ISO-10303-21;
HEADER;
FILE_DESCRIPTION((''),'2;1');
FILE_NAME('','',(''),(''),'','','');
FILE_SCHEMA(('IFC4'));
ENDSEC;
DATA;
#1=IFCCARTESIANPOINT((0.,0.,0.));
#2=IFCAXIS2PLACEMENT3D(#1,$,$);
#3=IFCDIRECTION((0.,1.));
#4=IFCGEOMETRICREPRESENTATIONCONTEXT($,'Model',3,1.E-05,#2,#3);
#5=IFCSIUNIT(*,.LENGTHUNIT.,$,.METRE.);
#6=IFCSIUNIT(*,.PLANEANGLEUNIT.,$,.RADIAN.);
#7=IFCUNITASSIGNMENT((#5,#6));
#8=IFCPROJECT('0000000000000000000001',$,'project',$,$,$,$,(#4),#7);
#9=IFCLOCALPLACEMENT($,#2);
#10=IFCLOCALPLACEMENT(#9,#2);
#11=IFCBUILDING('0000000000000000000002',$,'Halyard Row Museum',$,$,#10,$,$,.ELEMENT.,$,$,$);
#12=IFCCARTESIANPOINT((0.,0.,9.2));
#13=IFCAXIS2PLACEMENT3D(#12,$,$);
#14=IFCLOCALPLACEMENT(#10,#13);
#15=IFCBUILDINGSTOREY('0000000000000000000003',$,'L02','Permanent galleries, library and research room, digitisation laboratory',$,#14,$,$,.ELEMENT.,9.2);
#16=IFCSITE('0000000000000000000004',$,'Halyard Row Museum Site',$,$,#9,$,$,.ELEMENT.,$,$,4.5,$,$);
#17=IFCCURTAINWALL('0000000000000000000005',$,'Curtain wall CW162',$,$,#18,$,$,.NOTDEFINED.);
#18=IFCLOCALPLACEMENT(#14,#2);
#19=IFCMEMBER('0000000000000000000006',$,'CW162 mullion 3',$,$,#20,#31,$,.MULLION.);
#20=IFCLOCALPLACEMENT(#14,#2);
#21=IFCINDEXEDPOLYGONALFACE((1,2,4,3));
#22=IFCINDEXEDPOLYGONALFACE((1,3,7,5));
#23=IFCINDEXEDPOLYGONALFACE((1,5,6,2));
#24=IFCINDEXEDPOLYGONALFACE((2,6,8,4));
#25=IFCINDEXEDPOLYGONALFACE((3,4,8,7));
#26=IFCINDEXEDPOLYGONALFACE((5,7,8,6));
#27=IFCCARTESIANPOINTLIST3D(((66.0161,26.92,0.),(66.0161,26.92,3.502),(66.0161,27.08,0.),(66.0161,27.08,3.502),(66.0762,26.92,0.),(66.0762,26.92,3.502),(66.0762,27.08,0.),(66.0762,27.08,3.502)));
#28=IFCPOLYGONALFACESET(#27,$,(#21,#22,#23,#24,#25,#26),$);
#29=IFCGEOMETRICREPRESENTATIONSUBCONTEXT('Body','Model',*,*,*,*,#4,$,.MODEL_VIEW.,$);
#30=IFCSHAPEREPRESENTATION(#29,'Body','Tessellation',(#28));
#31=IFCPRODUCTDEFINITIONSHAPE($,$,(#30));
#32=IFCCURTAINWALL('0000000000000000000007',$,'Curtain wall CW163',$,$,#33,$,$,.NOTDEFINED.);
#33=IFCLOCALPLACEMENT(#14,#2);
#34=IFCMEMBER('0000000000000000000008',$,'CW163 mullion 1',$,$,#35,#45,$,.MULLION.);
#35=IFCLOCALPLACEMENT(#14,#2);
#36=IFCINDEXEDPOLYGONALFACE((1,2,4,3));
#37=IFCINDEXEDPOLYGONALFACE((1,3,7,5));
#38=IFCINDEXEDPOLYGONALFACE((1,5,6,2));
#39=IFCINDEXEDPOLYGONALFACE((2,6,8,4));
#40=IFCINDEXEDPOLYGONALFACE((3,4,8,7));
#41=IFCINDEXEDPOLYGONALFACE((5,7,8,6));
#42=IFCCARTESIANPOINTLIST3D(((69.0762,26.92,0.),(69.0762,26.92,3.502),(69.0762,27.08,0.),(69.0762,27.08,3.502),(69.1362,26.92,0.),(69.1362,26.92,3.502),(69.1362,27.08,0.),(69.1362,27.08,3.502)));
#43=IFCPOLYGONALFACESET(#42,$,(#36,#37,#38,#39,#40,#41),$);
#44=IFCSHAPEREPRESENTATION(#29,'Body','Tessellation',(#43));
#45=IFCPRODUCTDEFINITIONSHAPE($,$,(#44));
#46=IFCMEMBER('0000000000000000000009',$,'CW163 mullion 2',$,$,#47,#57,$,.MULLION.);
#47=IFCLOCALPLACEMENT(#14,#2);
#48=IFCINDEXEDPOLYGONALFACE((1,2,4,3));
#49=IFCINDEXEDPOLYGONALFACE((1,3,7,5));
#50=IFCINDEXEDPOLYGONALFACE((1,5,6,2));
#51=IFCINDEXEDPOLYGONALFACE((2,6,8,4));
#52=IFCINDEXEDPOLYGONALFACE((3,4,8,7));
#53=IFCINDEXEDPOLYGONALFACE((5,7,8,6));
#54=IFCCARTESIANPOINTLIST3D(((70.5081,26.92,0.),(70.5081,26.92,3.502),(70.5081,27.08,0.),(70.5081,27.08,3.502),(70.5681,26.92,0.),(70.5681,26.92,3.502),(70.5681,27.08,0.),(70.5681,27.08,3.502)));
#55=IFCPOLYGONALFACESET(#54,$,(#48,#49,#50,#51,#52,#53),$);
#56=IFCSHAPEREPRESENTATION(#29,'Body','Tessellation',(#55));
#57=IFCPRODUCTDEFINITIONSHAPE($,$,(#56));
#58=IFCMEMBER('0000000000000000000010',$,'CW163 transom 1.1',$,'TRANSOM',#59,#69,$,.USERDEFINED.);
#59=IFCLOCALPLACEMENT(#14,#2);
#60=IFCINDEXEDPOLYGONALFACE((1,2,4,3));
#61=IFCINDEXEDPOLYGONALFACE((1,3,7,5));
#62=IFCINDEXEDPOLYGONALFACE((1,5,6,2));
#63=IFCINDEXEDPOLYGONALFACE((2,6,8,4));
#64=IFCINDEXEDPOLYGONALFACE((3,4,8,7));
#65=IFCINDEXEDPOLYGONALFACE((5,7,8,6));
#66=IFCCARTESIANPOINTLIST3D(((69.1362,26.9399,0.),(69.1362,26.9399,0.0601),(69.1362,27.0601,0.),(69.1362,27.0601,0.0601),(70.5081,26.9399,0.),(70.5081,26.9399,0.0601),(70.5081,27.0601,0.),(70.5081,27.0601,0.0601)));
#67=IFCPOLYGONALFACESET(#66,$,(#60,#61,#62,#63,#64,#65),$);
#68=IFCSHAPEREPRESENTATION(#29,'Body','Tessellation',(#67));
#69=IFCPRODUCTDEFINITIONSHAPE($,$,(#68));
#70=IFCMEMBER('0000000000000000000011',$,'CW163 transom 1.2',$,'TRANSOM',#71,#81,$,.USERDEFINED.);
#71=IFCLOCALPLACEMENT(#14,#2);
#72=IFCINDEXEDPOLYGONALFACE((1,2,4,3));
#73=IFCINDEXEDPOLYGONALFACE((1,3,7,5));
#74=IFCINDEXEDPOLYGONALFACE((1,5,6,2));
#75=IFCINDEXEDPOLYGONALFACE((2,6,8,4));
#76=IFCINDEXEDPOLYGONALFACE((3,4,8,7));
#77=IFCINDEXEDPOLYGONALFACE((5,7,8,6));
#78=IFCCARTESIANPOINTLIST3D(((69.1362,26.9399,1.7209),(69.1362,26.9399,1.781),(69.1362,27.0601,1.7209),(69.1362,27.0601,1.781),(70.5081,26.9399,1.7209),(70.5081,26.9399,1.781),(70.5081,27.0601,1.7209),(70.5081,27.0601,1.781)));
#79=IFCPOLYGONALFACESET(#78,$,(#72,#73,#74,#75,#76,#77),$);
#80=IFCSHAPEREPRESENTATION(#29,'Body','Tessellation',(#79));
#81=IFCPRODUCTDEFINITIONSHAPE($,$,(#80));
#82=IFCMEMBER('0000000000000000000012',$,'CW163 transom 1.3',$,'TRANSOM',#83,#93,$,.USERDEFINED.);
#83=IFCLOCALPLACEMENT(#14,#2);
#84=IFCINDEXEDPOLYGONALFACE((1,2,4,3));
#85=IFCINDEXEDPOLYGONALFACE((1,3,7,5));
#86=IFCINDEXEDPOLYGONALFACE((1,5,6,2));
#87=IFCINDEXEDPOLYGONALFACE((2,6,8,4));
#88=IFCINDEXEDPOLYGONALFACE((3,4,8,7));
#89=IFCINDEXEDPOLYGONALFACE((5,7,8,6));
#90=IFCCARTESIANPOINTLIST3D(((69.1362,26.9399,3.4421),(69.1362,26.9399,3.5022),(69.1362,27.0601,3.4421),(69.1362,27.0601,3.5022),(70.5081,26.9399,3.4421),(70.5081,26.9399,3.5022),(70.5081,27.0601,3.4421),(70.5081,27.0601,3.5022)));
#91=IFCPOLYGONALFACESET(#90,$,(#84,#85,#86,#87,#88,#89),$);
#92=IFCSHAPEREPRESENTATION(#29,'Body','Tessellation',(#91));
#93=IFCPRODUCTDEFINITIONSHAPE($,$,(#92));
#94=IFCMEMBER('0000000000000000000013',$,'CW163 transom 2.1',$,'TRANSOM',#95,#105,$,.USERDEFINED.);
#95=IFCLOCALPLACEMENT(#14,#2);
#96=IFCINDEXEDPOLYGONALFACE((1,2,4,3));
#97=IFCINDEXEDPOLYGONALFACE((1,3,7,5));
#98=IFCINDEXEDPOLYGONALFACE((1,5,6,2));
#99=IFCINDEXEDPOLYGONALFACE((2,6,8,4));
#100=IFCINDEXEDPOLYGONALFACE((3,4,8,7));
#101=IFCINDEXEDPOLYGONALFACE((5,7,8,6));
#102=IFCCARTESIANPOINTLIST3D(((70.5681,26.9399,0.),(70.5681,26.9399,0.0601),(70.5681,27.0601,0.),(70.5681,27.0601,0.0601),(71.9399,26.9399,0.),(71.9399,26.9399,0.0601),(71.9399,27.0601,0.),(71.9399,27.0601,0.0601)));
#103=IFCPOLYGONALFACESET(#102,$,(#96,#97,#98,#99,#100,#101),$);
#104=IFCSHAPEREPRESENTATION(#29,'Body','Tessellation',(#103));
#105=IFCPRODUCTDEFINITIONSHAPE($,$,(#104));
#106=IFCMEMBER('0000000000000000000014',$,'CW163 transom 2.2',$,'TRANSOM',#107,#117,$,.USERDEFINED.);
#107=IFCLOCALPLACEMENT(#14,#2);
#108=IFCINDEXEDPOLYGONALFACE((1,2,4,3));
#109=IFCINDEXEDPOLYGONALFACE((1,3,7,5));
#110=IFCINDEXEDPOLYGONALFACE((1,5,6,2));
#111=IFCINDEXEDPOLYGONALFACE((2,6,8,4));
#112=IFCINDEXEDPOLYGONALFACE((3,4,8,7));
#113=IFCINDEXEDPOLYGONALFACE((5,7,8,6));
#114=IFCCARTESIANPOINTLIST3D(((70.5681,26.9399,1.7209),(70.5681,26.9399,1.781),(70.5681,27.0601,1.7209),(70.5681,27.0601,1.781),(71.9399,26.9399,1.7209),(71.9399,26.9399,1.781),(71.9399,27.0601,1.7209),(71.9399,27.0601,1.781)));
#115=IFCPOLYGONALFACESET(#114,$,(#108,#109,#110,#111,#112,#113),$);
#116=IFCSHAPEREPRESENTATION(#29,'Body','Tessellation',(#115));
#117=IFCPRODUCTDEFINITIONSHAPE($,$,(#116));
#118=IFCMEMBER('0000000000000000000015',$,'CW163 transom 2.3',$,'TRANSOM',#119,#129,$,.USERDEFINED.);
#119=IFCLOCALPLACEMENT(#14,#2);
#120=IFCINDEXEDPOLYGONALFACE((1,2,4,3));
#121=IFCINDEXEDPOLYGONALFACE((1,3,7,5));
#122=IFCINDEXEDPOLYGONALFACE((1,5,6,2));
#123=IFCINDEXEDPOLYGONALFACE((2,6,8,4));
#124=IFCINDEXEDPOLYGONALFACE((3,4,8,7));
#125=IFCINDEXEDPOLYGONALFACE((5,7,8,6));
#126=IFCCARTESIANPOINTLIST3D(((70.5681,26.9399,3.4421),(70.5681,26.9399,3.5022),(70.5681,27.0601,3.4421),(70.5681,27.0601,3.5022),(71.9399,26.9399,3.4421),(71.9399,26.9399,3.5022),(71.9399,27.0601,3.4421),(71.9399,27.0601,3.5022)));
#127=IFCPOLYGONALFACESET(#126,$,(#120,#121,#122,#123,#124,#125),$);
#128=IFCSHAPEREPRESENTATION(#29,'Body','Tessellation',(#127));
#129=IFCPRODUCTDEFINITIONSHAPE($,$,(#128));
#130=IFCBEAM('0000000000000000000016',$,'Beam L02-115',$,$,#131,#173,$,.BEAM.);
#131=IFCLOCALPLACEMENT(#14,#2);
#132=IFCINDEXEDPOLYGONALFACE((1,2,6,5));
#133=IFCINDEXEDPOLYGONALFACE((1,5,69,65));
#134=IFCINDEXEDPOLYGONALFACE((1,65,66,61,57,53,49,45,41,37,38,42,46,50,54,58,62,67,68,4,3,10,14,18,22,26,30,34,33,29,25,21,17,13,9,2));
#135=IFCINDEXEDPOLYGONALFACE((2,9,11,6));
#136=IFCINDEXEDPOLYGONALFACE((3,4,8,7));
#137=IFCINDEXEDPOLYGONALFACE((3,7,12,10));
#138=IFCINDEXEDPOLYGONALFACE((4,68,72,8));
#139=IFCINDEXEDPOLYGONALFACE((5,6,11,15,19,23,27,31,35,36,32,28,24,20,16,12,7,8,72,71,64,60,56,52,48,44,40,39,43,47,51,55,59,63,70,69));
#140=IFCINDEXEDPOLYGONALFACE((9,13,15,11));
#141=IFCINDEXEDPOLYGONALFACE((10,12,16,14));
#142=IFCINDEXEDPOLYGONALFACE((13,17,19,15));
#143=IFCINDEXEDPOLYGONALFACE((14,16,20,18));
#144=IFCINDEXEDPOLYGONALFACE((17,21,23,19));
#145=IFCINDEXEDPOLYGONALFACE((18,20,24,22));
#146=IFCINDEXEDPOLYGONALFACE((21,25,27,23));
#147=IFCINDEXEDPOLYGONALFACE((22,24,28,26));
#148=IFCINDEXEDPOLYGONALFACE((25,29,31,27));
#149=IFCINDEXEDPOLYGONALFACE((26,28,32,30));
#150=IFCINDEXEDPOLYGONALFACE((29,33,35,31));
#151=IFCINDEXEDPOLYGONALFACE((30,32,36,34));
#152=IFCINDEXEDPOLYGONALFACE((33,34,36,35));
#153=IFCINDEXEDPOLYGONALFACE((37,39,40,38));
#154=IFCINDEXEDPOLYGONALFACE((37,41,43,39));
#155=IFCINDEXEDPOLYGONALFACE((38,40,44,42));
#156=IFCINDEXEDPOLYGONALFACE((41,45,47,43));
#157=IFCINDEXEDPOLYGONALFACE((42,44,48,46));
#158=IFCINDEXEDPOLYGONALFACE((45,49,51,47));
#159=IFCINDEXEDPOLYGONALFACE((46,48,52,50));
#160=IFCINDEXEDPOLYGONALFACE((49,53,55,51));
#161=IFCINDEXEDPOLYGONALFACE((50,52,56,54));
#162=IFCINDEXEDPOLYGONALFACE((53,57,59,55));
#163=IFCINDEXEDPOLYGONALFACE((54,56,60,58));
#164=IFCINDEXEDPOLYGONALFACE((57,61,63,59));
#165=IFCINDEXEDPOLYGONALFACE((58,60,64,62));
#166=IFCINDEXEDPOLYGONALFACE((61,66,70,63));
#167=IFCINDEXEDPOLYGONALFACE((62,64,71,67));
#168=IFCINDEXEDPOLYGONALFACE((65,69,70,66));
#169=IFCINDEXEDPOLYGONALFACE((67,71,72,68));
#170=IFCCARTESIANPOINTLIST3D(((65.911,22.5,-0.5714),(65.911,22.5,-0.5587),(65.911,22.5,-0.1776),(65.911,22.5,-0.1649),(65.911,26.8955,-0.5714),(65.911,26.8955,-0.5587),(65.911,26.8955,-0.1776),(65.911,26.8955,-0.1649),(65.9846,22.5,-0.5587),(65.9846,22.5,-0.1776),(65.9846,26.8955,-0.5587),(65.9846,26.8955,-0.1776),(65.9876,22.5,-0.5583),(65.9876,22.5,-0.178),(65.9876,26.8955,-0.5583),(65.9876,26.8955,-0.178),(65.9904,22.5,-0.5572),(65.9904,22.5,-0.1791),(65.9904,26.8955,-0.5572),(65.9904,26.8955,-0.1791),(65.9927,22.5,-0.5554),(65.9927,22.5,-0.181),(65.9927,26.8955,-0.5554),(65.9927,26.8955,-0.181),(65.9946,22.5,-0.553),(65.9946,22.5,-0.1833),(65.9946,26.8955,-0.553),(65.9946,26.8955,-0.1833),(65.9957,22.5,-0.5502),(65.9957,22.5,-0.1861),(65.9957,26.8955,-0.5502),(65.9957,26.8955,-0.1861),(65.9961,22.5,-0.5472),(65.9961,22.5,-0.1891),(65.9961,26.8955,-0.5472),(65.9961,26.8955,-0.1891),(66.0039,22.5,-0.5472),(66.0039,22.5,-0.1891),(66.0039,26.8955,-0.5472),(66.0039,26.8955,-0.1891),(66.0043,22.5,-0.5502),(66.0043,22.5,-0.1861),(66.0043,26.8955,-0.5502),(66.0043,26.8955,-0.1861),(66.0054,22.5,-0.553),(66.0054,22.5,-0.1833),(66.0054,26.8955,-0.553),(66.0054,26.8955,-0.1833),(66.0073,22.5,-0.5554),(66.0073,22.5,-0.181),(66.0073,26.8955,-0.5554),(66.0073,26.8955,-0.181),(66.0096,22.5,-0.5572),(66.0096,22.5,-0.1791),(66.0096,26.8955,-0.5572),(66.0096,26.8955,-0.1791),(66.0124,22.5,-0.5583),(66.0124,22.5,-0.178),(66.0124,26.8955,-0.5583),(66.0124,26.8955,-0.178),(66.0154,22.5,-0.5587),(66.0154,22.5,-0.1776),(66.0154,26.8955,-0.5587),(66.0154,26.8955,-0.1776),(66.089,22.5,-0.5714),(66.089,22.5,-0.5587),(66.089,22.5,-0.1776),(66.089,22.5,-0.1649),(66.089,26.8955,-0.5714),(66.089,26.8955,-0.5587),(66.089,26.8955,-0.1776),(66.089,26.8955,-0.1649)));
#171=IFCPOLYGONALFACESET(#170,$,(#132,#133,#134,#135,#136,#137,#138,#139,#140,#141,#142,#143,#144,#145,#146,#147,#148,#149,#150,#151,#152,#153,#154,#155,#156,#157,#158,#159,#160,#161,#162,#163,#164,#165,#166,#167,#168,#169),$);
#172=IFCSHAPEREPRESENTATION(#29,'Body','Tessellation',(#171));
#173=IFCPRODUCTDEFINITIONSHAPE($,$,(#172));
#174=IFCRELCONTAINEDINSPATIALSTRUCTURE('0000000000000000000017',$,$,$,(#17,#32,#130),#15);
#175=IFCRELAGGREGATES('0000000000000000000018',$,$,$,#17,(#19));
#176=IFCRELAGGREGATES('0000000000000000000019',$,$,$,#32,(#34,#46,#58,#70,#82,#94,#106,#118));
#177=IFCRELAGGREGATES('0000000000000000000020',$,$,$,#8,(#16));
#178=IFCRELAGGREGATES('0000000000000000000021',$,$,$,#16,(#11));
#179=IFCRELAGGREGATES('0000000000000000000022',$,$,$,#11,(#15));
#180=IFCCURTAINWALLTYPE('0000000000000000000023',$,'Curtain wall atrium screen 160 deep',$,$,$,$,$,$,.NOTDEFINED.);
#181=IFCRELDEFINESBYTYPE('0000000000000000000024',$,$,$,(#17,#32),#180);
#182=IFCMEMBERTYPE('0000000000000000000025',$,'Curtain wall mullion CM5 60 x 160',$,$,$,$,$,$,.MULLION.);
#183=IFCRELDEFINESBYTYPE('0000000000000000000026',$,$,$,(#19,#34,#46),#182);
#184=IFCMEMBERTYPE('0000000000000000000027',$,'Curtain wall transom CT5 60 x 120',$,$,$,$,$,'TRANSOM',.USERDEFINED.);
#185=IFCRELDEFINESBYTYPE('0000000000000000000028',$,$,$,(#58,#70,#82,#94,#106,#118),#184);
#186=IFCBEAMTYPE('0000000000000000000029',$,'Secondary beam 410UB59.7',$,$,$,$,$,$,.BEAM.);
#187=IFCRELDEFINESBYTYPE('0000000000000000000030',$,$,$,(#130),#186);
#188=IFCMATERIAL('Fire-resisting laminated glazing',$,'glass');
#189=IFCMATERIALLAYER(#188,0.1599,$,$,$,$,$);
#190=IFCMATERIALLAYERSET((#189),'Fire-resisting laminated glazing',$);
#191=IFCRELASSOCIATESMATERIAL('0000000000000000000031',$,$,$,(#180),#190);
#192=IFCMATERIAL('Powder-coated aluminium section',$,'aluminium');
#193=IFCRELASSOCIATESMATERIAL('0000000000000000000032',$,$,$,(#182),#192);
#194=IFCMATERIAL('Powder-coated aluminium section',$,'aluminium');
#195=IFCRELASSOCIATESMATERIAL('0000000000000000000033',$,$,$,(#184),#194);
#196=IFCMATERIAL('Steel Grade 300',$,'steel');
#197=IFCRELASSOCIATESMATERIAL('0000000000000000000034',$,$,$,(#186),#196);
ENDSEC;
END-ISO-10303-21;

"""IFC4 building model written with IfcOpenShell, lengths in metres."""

from ifc_helpers import new_model, si_unit, direction, frame, origin, origin_2d, place, context, subcontext, project, spatial, rectangle, i_section, extrude, material, layer, layer_set, material_profile, profile_set, type_object, element, aggregate, save


model = new_model("IFC4")

# Units and contexts
model_context = context("Model", 3, precision=1e-05, world=origin(), true_north=direction((0.0, 1.0)))
body_context = subcontext(model_context, "Body", "Model", "MODEL_VIEW")
ifc_project = project(units=[si_unit("LENGTHUNIT", "METRE"), si_unit("PLANEANGLEUNIT", "RADIAN")], contexts=[model_context])

# Site, building, storey
site_placement = place(None, origin())
site = spatial("IfcSite", under=ifc_project, at=site_placement, Name="Halyard Row Museum Site", CompositionType="ELEMENT", RefElevation=4.5)
building_placement = place(site_placement, origin())
building = spatial("IfcBuilding", under=site, at=building_placement, Name="Halyard Row Museum", CompositionType="ELEMENT")
storey_placement = place(building_placement, frame((0.0, 0.0, 9.2)))
storey = spatial("IfcBuildingStorey", under=building, at=storey_placement, Name="L02", Description="Permanent galleries, library and research room, digitisation laboratory", CompositionType="ELEMENT", Elevation=9.2)

# Curtain wall, member
ifc_material_1 = material(Name="Fire-resisting laminated glazing", Category="glass")
ifc_layer_1 = layer(ifc_material_1, 0.1599)
ifc_layer_set_1 = layer_set([ifc_layer_1], Name="Fire-resisting laminated glazing")
curtain_wall_type = type_object("IfcCurtainWallType", Name="Curtain wall atrium screen 160 deep", PredefinedType="NOTDEFINED", material=ifc_layer_set_1)
curtain_wall_1_placement = place(storey_placement, origin())
curtain_wall_1 = element("IfcCurtainWall", 1, at=curtain_wall_1_placement, inside=storey, type_object=curtain_wall_type, Name="Curtain wall CW162", PredefinedType="NOTDEFINED")
ifc_material_2 = material(Name="Powder-coated aluminium section", Category="aluminium")
ifc_material_profile_1 = material_profile(ifc_material_2, rectangle(XDim=0.1599, YDim=0.0601, at=origin_2d()), Name="160x60 mullion")
ifc_profile_set_1 = profile_set([ifc_material_profile_1], Name="Powder-coated aluminium section")
member_type_1 = type_object("IfcMemberType", Name="Curtain wall mullion CM5 60 x 160", PredefinedType="MULLION", material=ifc_profile_set_1)
member_1_placement = place(storey_placement, frame((66.0461, 27.0, 0.0), z_axis=(0.0, 0.0, 1.0), x_axis=(0.0, 1.0, 0.0)))
member_1 = element("IfcMember", 2, at=member_1_placement, type_object=member_type_1, Name="CW162 mullion 3", PredefinedType="MULLION", context=body_context, shape_type="SweptSolid", body=[
    extrude(rectangle(XDim=0.1599, YDim=0.0601, at=origin_2d()), origin(), (0.0, 0.0, 1.0), 3.502),
])

# Curtain wall, members
curtain_wall_2_placement = place(storey_placement, origin())
curtain_wall_2 = element("IfcCurtainWall", 3, at=curtain_wall_2_placement, inside=storey, type_object=curtain_wall_type, Name="Curtain wall CW163", PredefinedType="NOTDEFINED")
member_2_placement = place(storey_placement, frame((69.1062, 27.0, 0.0), z_axis=(0.0, 0.0, 1.0), x_axis=(0.0, 1.0, 0.0)))
member_2 = element("IfcMember", 4, at=member_2_placement, type_object=member_type_1, Name="CW163 mullion 1", PredefinedType="MULLION", context=body_context, shape_type="SweptSolid", body=[
    extrude(rectangle(XDim=0.1599, YDim=0.0601, at=origin_2d()), origin(), (0.0, 0.0, 1.0), 3.502),
])
member_3_placement = place(storey_placement, frame((70.5381, 27.0, 0.0), z_axis=(0.0, 0.0, 1.0), x_axis=(0.0, 1.0, 0.0)))
member_3 = element("IfcMember", 5, at=member_3_placement, type_object=member_type_1, Name="CW163 mullion 2", PredefinedType="MULLION", context=body_context, shape_type="SweptSolid", body=[
    extrude(rectangle(XDim=0.1599, YDim=0.0601, at=origin_2d()), origin(), (0.0, 0.0, 1.0), 3.502),
])
ifc_material_3 = material(Name="Powder-coated aluminium section", Category="aluminium")
ifc_material_profile_2 = material_profile(ifc_material_3, rectangle(XDim=0.1201, YDim=0.0601, at=origin_2d()), Name="120x60 transom")
ifc_profile_set_2 = profile_set([ifc_material_profile_2], Name="Powder-coated aluminium section")
member_type_2 = type_object("IfcMemberType", Name="Curtain wall transom CT5 60 x 120", ElementType="TRANSOM", PredefinedType="USERDEFINED", material=ifc_profile_set_2)
member_4_placement = place(storey_placement, frame((69.1362, 27.0, 0.03), z_axis=(1.0, 0.0, 0.0), x_axis=(0.0, 1.0, 0.0)))
member_4 = element("IfcMember", 6, at=member_4_placement, type_object=member_type_2, Name="CW163 transom 1.1", ObjectType="TRANSOM", PredefinedType="USERDEFINED", context=body_context, shape_type="SweptSolid", body=[
    extrude(rectangle(XDim=0.1201, YDim=0.0601, at=origin_2d()), origin(), (0.0, 0.0, 1.0), 1.3718),
])
member_5_placement = place(storey_placement, frame((69.1362, 27.0, 1.751), z_axis=(1.0, 0.0, 0.0), x_axis=(0.0, 1.0, 0.0)))
member_5 = element("IfcMember", 7, at=member_5_placement, type_object=member_type_2, Name="CW163 transom 1.2", ObjectType="TRANSOM", PredefinedType="USERDEFINED", context=body_context, shape_type="SweptSolid", body=[
    extrude(rectangle(XDim=0.1201, YDim=0.0601, at=origin_2d()), origin(), (0.0, 0.0, 1.0), 1.3718),
])
member_6_placement = place(storey_placement, frame((69.1362, 27.0, 3.4722), z_axis=(1.0, 0.0, 0.0), x_axis=(0.0, 1.0, 0.0)))
member_6 = element("IfcMember", 8, at=member_6_placement, type_object=member_type_2, Name="CW163 transom 1.3", ObjectType="TRANSOM", PredefinedType="USERDEFINED", context=body_context, shape_type="SweptSolid", body=[
    extrude(rectangle(XDim=0.1201, YDim=0.0601, at=origin_2d()), origin(), (0.0, 0.0, 1.0), 1.3718),
])
member_7_placement = place(storey_placement, frame((70.5681, 27.0, 0.03), z_axis=(1.0, 0.0, 0.0), x_axis=(0.0, 1.0, 0.0)))
member_7 = element("IfcMember", 9, at=member_7_placement, type_object=member_type_2, Name="CW163 transom 2.1", ObjectType="TRANSOM", PredefinedType="USERDEFINED", context=body_context, shape_type="SweptSolid", body=[
    extrude(rectangle(XDim=0.1201, YDim=0.0601, at=origin_2d()), origin(), (0.0, 0.0, 1.0), 1.3718),
])
member_8_placement = place(storey_placement, frame((70.5681, 27.0, 1.751), z_axis=(1.0, 0.0, 0.0), x_axis=(0.0, 1.0, 0.0)))
member_8 = element("IfcMember", 10, at=member_8_placement, type_object=member_type_2, Name="CW163 transom 2.2", ObjectType="TRANSOM", PredefinedType="USERDEFINED", context=body_context, shape_type="SweptSolid", body=[
    extrude(rectangle(XDim=0.1201, YDim=0.0601, at=origin_2d()), origin(), (0.0, 0.0, 1.0), 1.3718),
])
member_9_placement = place(storey_placement, frame((70.5681, 27.0, 3.4722), z_axis=(1.0, 0.0, 0.0), x_axis=(0.0, 1.0, 0.0)))
member_9 = element("IfcMember", 11, at=member_9_placement, type_object=member_type_2, Name="CW163 transom 2.3", ObjectType="TRANSOM", PredefinedType="USERDEFINED", context=body_context, shape_type="SweptSolid", body=[
    extrude(rectangle(XDim=0.1201, YDim=0.0601, at=origin_2d()), origin(), (0.0, 0.0, 1.0), 1.3718),
])

# Beam
ifc_material_4 = material(Name="Steel Grade 300", Category="steel")
ifc_material_profile_3 = material_profile(ifc_material_4, i_section(OverallWidth=0.178, OverallDepth=0.4065, WebThickness=0.0078, FlangeThickness=0.0127, FilletRadius=0.0115, at=origin_2d()), Name="410UB59.7")
ifc_profile_set_3 = profile_set([ifc_material_profile_3], Name="Steel Grade 300")
beam_type = type_object("IfcBeamType", Name="Secondary beam 410UB59.7", PredefinedType="BEAM", material=ifc_profile_set_3)
for number, where, z_axis, x_axis, name in (
    (12, (66.0, 22.5, -0.3682), (0.0, 1.0, 0.0), (-1.0, 0.0, 0.0), "Beam L02-115"),
):
    element("IfcBeam", number, at=place(storey_placement, frame(where, z_axis=z_axis, x_axis=x_axis)), inside=storey, type_object=beam_type, Name=name, PredefinedType="BEAM", context=body_context, shape_type="SweptSolid", body=[
        extrude(i_section(OverallWidth=0.178, OverallDepth=0.4065, WebThickness=0.0078, FlangeThickness=0.0127, FilletRadius=0.0115, at=origin_2d()), origin(), (0.0, 0.0, 1.0), 4.3955),
    ])

aggregate(curtain_wall_1, [member_1])
aggregate(curtain_wall_2, [member_2, member_3, member_4, member_5, member_6, member_7, member_8, member_9])

save(model, "model.ifc")
